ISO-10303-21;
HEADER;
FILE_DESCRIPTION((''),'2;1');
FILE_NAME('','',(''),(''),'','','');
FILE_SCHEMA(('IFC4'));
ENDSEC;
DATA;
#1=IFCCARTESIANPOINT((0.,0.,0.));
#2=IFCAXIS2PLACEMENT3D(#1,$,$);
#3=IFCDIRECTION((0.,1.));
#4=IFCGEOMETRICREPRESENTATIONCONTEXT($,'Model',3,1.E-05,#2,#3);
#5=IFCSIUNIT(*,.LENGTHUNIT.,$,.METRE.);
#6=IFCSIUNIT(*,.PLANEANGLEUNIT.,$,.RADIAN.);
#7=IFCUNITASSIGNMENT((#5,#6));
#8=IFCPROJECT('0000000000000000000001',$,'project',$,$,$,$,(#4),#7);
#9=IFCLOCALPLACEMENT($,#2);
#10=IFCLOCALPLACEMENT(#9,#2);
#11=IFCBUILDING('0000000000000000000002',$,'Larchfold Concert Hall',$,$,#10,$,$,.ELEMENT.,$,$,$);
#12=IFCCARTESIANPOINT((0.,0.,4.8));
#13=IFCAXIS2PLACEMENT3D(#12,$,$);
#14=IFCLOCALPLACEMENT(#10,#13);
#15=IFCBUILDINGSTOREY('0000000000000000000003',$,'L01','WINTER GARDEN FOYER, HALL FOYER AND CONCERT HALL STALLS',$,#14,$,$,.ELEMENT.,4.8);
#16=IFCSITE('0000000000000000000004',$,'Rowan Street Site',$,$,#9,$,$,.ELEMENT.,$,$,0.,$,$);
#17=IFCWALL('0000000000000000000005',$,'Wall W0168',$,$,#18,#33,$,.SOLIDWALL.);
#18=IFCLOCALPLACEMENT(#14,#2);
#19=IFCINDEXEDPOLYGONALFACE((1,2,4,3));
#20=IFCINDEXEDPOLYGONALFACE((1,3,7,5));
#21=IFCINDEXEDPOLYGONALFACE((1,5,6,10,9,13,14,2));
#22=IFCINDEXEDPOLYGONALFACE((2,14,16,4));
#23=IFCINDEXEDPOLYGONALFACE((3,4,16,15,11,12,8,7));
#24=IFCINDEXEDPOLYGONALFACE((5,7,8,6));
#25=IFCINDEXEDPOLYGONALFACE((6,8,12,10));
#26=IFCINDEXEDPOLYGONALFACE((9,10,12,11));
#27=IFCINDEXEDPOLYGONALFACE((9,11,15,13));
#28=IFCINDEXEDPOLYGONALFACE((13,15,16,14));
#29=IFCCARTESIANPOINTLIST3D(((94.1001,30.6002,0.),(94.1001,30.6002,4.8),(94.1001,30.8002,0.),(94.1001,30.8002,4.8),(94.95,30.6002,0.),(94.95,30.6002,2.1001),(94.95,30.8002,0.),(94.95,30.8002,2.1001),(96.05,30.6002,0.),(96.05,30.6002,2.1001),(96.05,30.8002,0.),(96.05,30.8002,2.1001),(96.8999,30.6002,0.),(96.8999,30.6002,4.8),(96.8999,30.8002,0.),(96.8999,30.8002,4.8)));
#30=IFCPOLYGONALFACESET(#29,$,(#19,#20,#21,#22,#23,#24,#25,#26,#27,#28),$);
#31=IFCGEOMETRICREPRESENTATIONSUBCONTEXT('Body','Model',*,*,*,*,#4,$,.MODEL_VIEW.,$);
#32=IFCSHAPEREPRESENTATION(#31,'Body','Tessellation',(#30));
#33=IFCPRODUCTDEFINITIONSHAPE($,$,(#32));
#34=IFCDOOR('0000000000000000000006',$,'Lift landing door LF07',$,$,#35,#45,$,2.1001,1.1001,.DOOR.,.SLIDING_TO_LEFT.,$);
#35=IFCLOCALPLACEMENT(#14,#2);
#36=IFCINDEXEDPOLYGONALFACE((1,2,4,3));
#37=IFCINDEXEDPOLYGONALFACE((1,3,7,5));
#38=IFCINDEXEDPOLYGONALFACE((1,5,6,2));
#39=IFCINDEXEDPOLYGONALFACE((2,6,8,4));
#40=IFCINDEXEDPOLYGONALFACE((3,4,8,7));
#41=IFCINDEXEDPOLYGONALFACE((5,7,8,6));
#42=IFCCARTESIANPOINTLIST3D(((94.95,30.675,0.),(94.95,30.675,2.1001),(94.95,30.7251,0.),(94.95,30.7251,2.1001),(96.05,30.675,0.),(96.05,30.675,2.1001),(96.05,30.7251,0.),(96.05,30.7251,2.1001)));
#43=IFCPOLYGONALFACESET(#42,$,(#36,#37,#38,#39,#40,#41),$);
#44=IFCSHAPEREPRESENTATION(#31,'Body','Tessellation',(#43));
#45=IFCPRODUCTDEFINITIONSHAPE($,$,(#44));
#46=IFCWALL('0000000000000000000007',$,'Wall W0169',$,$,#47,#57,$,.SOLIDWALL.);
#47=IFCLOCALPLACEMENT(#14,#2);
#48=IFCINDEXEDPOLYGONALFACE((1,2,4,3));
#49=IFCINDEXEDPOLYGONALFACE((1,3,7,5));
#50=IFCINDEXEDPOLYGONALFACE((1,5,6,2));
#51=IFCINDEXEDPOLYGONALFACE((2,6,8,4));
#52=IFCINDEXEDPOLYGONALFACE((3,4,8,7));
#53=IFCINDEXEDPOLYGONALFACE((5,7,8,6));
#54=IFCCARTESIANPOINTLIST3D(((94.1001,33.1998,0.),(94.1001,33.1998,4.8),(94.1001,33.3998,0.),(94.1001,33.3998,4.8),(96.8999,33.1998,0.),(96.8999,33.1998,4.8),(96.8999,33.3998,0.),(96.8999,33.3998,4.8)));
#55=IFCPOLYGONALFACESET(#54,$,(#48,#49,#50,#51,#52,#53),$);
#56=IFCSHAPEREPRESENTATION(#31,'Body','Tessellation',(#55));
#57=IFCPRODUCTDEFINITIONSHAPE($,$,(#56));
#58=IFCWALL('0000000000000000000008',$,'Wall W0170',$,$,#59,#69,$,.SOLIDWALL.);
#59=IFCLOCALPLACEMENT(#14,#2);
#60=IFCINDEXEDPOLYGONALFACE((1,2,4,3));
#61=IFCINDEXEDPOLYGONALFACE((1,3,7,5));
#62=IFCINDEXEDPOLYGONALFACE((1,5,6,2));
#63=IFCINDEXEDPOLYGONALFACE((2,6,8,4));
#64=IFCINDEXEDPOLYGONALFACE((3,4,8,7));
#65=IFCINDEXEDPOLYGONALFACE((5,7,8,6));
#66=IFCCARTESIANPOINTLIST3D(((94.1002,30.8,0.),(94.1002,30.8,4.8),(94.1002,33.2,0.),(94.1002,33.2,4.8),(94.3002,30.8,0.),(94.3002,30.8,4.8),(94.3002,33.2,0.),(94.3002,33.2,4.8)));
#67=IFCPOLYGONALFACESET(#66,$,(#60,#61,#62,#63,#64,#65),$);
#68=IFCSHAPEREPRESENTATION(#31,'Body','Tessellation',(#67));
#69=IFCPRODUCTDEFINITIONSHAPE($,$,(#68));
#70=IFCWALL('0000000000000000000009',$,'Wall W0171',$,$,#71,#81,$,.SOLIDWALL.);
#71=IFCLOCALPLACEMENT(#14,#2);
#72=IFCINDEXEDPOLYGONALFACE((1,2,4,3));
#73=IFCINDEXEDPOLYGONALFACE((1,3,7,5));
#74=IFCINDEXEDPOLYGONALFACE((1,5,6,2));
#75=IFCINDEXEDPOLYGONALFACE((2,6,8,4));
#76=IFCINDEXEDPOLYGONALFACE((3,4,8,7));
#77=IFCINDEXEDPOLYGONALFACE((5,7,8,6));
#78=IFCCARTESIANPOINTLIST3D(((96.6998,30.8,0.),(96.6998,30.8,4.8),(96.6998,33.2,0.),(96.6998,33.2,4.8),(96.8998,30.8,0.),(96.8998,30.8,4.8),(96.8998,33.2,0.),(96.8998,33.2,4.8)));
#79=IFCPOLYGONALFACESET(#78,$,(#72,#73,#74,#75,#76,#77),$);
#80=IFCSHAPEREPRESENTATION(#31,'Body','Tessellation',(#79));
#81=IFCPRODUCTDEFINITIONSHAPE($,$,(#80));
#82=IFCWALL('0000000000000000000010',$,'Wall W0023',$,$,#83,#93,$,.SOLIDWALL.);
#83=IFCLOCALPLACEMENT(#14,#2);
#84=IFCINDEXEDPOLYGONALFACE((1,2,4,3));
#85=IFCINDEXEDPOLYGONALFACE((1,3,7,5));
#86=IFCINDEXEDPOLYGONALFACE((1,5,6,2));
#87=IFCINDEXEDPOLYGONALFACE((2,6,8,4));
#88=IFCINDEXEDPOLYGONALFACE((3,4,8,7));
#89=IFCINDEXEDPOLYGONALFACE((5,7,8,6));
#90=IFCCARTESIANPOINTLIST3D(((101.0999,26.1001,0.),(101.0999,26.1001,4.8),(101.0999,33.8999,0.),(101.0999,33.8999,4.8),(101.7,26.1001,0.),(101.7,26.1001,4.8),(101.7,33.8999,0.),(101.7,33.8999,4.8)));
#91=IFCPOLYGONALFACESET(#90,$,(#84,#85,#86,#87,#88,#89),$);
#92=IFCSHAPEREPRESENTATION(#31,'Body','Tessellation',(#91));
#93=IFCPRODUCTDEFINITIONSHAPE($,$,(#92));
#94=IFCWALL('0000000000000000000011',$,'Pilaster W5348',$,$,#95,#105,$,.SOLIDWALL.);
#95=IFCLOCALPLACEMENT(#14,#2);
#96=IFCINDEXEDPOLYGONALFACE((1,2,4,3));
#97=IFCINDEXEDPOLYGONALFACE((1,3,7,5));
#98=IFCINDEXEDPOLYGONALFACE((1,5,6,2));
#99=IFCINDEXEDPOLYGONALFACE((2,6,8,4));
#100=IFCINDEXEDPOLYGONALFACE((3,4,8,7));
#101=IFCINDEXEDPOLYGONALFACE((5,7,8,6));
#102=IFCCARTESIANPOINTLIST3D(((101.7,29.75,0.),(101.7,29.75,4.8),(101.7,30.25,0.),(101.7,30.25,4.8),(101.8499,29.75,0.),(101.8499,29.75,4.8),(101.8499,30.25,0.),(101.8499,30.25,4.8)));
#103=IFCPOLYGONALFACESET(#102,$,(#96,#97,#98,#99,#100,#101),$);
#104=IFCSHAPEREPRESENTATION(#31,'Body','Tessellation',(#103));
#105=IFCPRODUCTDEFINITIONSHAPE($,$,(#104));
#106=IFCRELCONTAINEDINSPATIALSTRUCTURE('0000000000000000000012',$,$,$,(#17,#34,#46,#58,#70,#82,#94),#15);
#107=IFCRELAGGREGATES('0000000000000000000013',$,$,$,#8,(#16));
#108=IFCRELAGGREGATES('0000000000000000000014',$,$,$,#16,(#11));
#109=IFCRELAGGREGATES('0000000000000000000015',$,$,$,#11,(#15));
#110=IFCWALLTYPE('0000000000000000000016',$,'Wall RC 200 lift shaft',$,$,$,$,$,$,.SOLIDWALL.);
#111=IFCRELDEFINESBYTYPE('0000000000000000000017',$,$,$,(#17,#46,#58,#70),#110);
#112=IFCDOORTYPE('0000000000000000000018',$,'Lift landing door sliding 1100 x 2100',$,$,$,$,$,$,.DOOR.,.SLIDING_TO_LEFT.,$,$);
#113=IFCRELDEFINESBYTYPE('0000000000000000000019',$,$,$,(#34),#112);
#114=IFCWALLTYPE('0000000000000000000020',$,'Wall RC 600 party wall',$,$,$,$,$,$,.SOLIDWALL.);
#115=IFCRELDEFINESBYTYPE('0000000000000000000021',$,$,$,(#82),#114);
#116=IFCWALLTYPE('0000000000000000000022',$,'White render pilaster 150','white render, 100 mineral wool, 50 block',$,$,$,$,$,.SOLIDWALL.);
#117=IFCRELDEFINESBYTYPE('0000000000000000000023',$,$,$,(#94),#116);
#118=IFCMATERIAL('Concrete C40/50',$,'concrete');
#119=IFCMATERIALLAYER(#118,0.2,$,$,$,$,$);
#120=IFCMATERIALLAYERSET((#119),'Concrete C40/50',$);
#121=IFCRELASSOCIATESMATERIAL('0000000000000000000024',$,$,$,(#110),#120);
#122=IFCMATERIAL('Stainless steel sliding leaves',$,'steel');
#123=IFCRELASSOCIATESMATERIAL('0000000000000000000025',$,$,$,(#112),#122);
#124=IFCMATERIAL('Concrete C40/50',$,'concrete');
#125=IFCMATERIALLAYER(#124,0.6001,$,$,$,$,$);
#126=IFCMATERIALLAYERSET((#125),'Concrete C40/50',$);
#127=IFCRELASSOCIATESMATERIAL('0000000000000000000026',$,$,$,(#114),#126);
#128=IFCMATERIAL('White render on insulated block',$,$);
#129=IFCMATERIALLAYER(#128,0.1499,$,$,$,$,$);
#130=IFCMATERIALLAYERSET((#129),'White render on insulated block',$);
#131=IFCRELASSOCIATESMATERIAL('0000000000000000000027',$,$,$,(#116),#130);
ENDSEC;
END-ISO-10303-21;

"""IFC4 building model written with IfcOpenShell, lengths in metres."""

from ifc_helpers import new_model, si_unit, direction, frame, frame_2d, origin, place, context, subcontext, project, spatial, rectangle, extrude, material, layer, layer_set, type_object, element, fill, save


model = new_model("IFC4")

# Units and contexts
model_context = context("Model", 3, precision=1e-05, world=origin(), true_north=direction((0.0, 1.0)))
body_context = subcontext(model_context, "Body", "Model", "MODEL_VIEW")
ifc_project = project(units=[si_unit("LENGTHUNIT", "METRE"), si_unit("PLANEANGLEUNIT", "RADIAN")], contexts=[model_context])

# Site, building, storey
site_placement = place(None, origin())
site = spatial("IfcSite", under=ifc_project, at=site_placement, Name="Rowan Street Site", CompositionType="ELEMENT", RefElevation=0.0)
building_placement = place(site_placement, origin())
building = spatial("IfcBuilding", under=site, at=building_placement, Name="Larchfold Concert Hall", CompositionType="ELEMENT")
storey_placement = place(building_placement, frame((0.0, 0.0, 4.8)))
storey = spatial("IfcBuildingStorey", under=building, at=storey_placement, Name="L01", Description="WINTER GARDEN FOYER, HALL FOYER AND CONCERT HALL STALLS", CompositionType="ELEMENT", Elevation=4.8)

# Wall, opening, door
ifc_material_1 = material(Name="Concrete C40/50", Category="concrete")
ifc_layer_1 = layer(ifc_material_1, 0.2)
ifc_layer_set_1 = layer_set([ifc_layer_1], Name="Concrete C40/50")
wall_type_1 = type_object("IfcWallType", Name="Wall RC 200 lift shaft", PredefinedType="SOLIDWALL", material=ifc_layer_set_1)
wall_1_placement = place(storey_placement, frame((94.1001, 30.7002, 0.0), z_axis=(0.0, 0.0, 1.0), x_axis=(1.0, 0.0, 0.0)))
wall_1 = element("IfcWall", 1, at=wall_1_placement, inside=storey, type_object=wall_type_1, Name="Wall W0168", PredefinedType="SOLIDWALL", context=body_context, shape_type="SweptSolid", body=[
    extrude(rectangle(XDim=2.7998, YDim=0.2, at=frame_2d((1.3999, 0.0))), origin(), (0.0, 0.0, 1.0), 4.8),
])
opening_1_placement = place(wall_1_placement, frame((0.8499, 0.0, 0.0)))
opening_1 = element("IfcOpeningElement", 2, at=opening_1_placement, cuts=wall_1, PredefinedType="OPENING", context=body_context, shape_type="SweptSolid", body=[
    extrude(rectangle(XDim=1.1001, YDim=2.1001, at=frame_2d((0.55, 1.05))), frame((0.0, 0.1099, 0.0), z_axis=(0.0, -1.0, 0.0), x_axis=(1.0, 0.0, 0.0)), (0.0, 0.0, 1.0), 0.22),
])
ifc_material_2 = material(Name="Stainless steel sliding leaves", Category="steel")
door_type_1 = type_object("IfcDoorType", Name="Lift landing door sliding 1100 x 2100", OperationType="SLIDING_TO_LEFT", PredefinedType="DOOR", material=ifc_material_2)
door_1_placement = place(opening_1_placement, origin())
door_1 = element("IfcDoor", 3, at=door_1_placement, inside=storey, type_object=door_type_1, Name="Lift landing door LF07", OperationType="SLIDING_TO_LEFT", OverallHeight=2.1001, OverallWidth=1.1001, PredefinedType="DOOR", context=body_context, shape_type="SweptSolid", body=[
    extrude(rectangle(XDim=1.1001, YDim=2.1001, at=frame_2d((0.55, 1.05))), frame((0.0, 0.0249, 0.0), z_axis=(0.0, -1.0, 0.0), x_axis=(1.0, 0.0, 0.0)), (0.0, 0.0, 1.0), 0.05),
])
fill(opening_1, door_1)

# Walls
wall_2_placement = place(storey_placement, frame((94.1001, 33.2998, 0.0), z_axis=(0.0, 0.0, 1.0), x_axis=(1.0, 0.0, 0.0)))
element("IfcWall", 4, at=wall_2_placement, inside=storey, type_object=wall_type_1, Name="Wall W0169", PredefinedType="SOLIDWALL", context=body_context, shape_type="SweptSolid", body=[
    extrude(rectangle(XDim=2.7998, YDim=0.2, at=frame_2d((1.3999, 0.0))), origin(), (0.0, 0.0, 1.0), 4.8),
])
for number, where, z_axis, x_axis, name in (
    (5, (94.2002, 30.8, 0.0), (0.0, 0.0, 1.0), (0.0, 1.0, 0.0), "Wall W0170"),
    (6, (96.7998, 30.8, 0.0), (0.0, 0.0, 1.0), (0.0, 1.0, 0.0), "Wall W0171"),
):
    element("IfcWall", number, at=place(storey_placement, frame(where, z_axis=z_axis, x_axis=x_axis)), inside=storey, type_object=wall_type_1, Name=name, PredefinedType="SOLIDWALL", context=body_context, shape_type="SweptSolid", body=[
        extrude(rectangle(XDim=2.3999, YDim=0.2, at=frame_2d((1.2, 0.0))), origin(), (0.0, 0.0, 1.0), 4.8),
    ])
ifc_material_3 = material(Name="Concrete C40/50", Category="concrete")
ifc_layer_2 = layer(ifc_material_3, 0.6001)
ifc_layer_set_2 = layer_set([ifc_layer_2], Name="Concrete C40/50")
wall_type_2 = type_object("IfcWallType", Name="Wall RC 600 party wall", PredefinedType="SOLIDWALL", material=ifc_layer_set_2)
wall_3_placement = place(storey_placement, frame((101.3999, 26.1001, 0.0), z_axis=(0.0, 0.0, 1.0), x_axis=(0.0, 1.0, 0.0)))
element("IfcWall", 7, at=wall_3_placement, inside=storey, type_object=wall_type_2, Name="Wall W0023", PredefinedType="SOLIDWALL", context=body_context, shape_type="SweptSolid", body=[
    extrude(rectangle(XDim=7.7998, YDim=0.6001, at=frame_2d((3.8999, 0.0))), origin(), (0.0, 0.0, 1.0), 4.8),
])
ifc_material_4 = material(Name="White render on insulated block")
ifc_layer_3 = layer(ifc_material_4, 0.1499)
ifc_layer_set_3 = layer_set([ifc_layer_3], Name="White render on insulated block")
wall_type_3 = type_object("IfcWallType", Name="White render pilaster 150", Description="white render, 100 mineral wool, 50 block", PredefinedType="SOLIDWALL", material=ifc_layer_set_3)
wall_4_placement = place(storey_placement, frame((101.7749, 29.75, 0.0), z_axis=(0.0, 0.0, 1.0), x_axis=(0.0, 1.0, 0.0)))
element("IfcWall", 8, at=wall_4_placement, inside=storey, type_object=wall_type_3, Name="Pilaster W5348", PredefinedType="SOLIDWALL", context=body_context, shape_type="SweptSolid", body=[
    extrude(rectangle(XDim=0.5, YDim=0.1499, at=frame_2d((0.25, 0.0))), origin(), (0.0, 0.0, 1.0), 4.8),
])

save(model, "model.ifc")
